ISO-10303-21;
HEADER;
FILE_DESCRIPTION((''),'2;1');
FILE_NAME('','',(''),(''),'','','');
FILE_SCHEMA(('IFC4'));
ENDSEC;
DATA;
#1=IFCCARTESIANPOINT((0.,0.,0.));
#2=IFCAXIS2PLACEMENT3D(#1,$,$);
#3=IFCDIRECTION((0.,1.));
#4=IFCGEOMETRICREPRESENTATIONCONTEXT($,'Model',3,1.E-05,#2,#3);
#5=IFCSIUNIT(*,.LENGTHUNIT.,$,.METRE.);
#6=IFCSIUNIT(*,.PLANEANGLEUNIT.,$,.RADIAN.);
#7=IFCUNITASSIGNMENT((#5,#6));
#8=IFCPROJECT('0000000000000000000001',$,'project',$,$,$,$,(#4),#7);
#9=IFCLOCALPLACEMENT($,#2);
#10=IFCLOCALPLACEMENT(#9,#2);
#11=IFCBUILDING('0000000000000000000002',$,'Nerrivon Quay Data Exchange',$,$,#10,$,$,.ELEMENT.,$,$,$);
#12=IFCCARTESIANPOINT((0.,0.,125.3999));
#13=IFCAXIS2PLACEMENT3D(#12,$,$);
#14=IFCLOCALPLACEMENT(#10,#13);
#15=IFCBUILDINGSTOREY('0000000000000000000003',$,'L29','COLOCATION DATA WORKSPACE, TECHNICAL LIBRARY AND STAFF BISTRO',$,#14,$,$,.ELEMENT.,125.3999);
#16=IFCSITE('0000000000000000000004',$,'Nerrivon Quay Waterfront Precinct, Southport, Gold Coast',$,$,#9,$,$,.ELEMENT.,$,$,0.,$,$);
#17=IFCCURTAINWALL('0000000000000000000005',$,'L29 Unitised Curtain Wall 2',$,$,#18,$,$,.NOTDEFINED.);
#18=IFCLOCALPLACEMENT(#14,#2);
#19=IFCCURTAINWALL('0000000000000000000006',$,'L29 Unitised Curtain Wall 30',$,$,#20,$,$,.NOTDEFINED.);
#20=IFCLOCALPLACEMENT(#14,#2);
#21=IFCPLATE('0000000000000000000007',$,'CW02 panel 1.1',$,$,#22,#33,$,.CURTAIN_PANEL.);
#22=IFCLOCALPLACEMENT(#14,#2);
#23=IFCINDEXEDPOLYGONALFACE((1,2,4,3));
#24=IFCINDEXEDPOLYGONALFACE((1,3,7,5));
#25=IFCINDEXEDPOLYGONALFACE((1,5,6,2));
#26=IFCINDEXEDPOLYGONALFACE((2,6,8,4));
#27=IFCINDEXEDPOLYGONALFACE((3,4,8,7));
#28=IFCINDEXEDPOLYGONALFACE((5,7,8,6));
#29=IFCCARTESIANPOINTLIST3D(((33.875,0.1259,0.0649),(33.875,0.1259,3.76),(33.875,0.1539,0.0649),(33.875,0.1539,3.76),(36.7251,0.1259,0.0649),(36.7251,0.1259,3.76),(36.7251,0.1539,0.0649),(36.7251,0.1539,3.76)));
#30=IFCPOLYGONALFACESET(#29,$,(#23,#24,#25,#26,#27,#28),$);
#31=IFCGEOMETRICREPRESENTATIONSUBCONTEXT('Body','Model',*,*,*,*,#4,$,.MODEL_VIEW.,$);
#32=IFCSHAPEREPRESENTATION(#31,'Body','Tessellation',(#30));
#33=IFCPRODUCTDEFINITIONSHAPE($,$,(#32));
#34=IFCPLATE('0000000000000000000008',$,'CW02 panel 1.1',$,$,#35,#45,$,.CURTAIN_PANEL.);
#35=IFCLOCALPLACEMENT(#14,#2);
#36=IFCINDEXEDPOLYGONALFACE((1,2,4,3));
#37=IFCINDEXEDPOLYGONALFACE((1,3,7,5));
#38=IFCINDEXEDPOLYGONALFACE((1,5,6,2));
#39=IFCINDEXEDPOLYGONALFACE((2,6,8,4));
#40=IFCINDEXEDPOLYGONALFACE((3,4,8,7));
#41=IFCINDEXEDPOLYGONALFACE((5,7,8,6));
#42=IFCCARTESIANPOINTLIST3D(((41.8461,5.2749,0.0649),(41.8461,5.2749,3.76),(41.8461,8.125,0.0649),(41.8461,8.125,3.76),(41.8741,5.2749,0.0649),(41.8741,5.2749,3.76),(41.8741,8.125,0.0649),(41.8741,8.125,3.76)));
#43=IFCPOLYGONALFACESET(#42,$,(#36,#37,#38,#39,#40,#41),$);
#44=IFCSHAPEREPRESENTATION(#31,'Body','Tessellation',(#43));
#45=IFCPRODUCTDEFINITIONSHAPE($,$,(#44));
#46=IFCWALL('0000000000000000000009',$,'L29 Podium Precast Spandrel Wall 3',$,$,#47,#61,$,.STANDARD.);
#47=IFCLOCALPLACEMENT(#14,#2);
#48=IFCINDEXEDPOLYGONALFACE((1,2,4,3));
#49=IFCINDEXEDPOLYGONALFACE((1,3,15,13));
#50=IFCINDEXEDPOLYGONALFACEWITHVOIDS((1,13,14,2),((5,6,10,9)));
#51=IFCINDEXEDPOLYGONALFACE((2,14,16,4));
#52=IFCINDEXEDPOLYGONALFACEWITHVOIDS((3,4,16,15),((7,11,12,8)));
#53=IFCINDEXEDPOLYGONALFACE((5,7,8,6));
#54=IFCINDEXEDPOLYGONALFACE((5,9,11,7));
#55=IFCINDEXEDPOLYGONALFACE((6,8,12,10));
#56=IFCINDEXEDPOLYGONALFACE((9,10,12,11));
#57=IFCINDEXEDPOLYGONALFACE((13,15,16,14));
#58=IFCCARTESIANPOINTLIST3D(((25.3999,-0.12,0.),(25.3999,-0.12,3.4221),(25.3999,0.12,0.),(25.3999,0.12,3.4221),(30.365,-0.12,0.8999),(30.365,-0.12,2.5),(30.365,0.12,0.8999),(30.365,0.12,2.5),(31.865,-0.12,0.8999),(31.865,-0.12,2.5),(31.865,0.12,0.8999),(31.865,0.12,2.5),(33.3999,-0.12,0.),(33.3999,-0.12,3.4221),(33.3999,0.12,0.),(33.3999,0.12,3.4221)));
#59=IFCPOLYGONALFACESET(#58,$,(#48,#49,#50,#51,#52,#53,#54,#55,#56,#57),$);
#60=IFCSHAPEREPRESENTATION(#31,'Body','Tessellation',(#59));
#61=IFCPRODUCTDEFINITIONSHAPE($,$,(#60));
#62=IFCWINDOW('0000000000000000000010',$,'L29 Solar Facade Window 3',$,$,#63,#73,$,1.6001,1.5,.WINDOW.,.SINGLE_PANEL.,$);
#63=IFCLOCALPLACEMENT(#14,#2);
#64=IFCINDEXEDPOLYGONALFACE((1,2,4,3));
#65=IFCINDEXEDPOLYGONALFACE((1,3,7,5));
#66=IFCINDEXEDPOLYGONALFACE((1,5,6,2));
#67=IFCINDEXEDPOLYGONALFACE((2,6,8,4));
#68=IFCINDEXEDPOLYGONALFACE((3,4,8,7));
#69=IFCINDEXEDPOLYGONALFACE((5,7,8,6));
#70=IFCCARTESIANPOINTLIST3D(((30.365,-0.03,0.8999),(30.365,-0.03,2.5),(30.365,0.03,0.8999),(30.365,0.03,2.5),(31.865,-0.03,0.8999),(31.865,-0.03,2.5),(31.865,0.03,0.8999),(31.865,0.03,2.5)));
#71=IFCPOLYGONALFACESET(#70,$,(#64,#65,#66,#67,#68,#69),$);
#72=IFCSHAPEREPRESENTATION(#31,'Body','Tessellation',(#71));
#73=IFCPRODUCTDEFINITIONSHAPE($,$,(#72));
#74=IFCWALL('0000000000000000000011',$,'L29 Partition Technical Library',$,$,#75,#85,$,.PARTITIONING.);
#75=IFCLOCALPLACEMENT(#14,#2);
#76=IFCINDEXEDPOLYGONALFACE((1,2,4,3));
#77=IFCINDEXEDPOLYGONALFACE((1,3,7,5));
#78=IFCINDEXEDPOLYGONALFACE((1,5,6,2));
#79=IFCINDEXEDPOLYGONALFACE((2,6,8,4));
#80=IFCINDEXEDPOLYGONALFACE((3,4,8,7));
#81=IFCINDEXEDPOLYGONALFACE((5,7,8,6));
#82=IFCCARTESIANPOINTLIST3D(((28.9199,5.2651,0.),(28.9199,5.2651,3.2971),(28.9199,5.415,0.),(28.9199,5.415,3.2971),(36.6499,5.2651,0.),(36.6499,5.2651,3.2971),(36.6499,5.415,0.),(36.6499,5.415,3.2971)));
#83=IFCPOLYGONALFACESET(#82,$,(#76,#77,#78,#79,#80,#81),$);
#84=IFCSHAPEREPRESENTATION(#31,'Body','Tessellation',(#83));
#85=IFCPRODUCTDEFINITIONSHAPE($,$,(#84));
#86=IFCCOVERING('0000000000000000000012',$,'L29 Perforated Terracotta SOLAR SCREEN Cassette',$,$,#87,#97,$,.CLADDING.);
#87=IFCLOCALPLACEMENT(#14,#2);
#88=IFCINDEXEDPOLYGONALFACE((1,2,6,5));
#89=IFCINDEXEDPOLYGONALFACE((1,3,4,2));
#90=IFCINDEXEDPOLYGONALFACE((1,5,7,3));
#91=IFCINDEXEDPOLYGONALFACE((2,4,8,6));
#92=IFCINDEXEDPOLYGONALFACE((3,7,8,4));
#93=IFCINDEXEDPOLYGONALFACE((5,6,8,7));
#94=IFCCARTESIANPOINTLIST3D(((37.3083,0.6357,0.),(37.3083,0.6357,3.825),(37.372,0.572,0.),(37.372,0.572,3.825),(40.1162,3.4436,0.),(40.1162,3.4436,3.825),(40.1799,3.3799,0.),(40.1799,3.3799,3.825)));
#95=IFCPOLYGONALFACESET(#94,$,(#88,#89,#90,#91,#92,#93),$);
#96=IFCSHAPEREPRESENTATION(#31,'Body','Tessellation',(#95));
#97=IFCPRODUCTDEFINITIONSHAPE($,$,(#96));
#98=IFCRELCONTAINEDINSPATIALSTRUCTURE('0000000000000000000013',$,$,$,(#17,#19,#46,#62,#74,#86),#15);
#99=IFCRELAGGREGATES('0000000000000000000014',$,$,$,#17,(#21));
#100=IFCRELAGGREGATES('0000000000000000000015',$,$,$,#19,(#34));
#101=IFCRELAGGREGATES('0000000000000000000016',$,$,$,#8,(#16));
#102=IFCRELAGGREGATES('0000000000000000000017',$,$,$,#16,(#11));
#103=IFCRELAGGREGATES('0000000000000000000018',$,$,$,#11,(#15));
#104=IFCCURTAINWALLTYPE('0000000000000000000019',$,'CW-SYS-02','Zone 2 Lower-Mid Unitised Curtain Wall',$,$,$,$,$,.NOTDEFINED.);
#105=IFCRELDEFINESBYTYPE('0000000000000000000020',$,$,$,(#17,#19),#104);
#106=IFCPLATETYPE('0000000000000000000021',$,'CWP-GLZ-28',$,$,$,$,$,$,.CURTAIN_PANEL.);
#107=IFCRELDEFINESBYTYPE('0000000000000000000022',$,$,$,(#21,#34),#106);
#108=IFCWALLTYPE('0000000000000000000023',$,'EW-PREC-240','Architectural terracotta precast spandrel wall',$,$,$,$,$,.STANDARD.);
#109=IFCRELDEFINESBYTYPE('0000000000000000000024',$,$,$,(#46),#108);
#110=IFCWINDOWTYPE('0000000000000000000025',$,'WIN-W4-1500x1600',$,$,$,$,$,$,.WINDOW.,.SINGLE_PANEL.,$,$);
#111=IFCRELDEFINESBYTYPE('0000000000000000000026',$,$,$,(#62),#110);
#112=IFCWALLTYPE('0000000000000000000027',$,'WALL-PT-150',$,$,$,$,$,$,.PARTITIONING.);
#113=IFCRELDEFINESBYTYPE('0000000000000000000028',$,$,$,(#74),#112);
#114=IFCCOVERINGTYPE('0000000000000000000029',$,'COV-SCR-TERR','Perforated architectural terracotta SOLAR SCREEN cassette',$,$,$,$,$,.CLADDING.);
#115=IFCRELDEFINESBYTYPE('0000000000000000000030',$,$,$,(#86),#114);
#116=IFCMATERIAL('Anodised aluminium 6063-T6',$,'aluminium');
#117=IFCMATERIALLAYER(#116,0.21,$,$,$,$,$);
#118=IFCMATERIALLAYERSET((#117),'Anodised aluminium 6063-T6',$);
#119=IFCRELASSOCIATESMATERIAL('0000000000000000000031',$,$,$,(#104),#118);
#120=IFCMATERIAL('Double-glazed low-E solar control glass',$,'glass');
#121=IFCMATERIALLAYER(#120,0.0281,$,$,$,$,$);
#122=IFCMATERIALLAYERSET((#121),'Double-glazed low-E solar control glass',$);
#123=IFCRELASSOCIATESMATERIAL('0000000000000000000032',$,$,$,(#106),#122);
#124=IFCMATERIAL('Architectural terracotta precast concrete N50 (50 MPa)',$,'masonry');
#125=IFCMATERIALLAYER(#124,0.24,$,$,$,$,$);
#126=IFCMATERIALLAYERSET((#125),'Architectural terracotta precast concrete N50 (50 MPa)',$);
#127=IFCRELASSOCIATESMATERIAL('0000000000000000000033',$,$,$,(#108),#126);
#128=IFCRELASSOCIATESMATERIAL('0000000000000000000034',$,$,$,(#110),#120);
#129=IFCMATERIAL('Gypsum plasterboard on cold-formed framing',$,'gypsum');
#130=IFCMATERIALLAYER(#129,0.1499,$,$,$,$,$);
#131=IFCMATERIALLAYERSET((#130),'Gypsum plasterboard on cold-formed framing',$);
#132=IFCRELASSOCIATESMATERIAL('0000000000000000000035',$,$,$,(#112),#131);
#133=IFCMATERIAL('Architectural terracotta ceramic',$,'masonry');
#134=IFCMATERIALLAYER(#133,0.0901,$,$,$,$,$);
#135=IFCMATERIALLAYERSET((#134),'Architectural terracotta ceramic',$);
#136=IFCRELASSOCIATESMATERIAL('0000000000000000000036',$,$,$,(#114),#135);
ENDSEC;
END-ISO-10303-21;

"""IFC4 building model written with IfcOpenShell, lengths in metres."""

from ifc_helpers import new_model, si_unit, direction, frame, frame_2d, origin, origin_2d, place, context, subcontext, project, spatial, rectangle, extrude, material, layer, layer_set, type_object, element, fill, aggregate, save


model = new_model("IFC4")

# Units and contexts
model_context = context("Model", 3, precision=1e-05, world=origin(), true_north=direction((0.0, 1.0)))
body_context = subcontext(model_context, "Body", "Model", "MODEL_VIEW")
ifc_project = project(units=[si_unit("LENGTHUNIT", "METRE"), si_unit("PLANEANGLEUNIT", "RADIAN")], contexts=[model_context])

# Site, building, storey
site_placement = place(None, origin())
site = spatial("IfcSite", under=ifc_project, at=site_placement, Name="Nerrivon Quay Waterfront Precinct, Southport, Gold Coast", CompositionType="ELEMENT", RefElevation=0.0)
building_placement = place(site_placement, origin())
building = spatial("IfcBuilding", under=site, at=building_placement, Name="Nerrivon Quay Data Exchange", CompositionType="ELEMENT")
storey_placement = place(building_placement, frame((0.0, 0.0, 125.3999)))
storey = spatial("IfcBuildingStorey", under=building, at=storey_placement, Name="L29", Description="COLOCATION DATA WORKSPACE, TECHNICAL LIBRARY AND STAFF BISTRO", CompositionType="ELEMENT", Elevation=125.3999)

# Curtain walls
ifc_material_1 = material(Name="Anodised aluminium 6063-T6", Category="aluminium")
ifc_layer_1 = layer(ifc_material_1, 0.21)
ifc_layer_set_1 = layer_set([ifc_layer_1], Name="Anodised aluminium 6063-T6")
curtain_wall_type = type_object("IfcCurtainWallType", Name="CW-SYS-02", Description="Zone 2 Lower-Mid Unitised Curtain Wall", PredefinedType="NOTDEFINED", material=ifc_layer_set_1)
curtain_wall_1_placement = place(storey_placement, origin())
curtain_wall_1 = element("IfcCurtainWall", 1, at=curtain_wall_1_placement, inside=storey, type_object=curtain_wall_type, Name="L29 Unitised Curtain Wall 2", PredefinedType="NOTDEFINED")
curtain_wall_2_placement = place(storey_placement, origin())
curtain_wall_2 = element("IfcCurtainWall", 2, at=curtain_wall_2_placement, inside=storey, type_object=curtain_wall_type, Name="L29 Unitised Curtain Wall 30", PredefinedType="NOTDEFINED")

# Plates
ifc_material_2 = material(Name="Double-glazed low-E solar control glass", Category="glass")
ifc_layer_2 = layer(ifc_material_2, 0.0281)
ifc_layer_set_2 = layer_set([ifc_layer_2], Name="Double-glazed low-E solar control glass")
plate_type = type_object("IfcPlateType", Name="CWP-GLZ-28", PredefinedType="CURTAIN_PANEL", material=ifc_layer_set_2)
plate_1_placement = place(storey_placement, frame((35.3, 0.1399, 0.0649), z_axis=(0.0, 0.0, 1.0), x_axis=(-1.0, 0.0, 0.0)))
plate_1 = element("IfcPlate", 3, at=plate_1_placement, type_object=plate_type, Name="CW02 panel 1.1", PredefinedType="CURTAIN_PANEL", context=body_context, shape_type="SweptSolid", body=[
    extrude(rectangle(XDim=2.8501, YDim=0.0281, at=origin_2d()), origin(), (0.0, 0.0, 1.0), 3.6951),
])
aggregate(curtain_wall_1, [plate_1])
plate_2_placement = place(storey_placement, frame((41.8601, 6.7, 0.0649), z_axis=(0.0, 0.0, 1.0), x_axis=(0.0, -1.0, 0.0)))
plate_2 = element("IfcPlate", 4, at=plate_2_placement, type_object=plate_type, Name="CW02 panel 1.1", PredefinedType="CURTAIN_PANEL", context=body_context, shape_type="SweptSolid", body=[
    extrude(rectangle(XDim=2.8501, YDim=0.0281, at=origin_2d()), origin(), (0.0, 0.0, 1.0), 3.6951),
])
aggregate(curtain_wall_2, [plate_2])

# Wall, opening, window
ifc_material_3 = material(Name="Architectural terracotta precast concrete N50 (50 MPa)", Category="masonry")
ifc_layer_3 = layer(ifc_material_3, 0.24)
ifc_layer_set_3 = layer_set([ifc_layer_3], Name="Architectural terracotta precast concrete N50 (50 MPa)")
wall_type_1 = type_object("IfcWallType", Name="EW-PREC-240", Description="Architectural terracotta precast spandrel wall", PredefinedType="STANDARD", material=ifc_layer_set_3)
wall_1_placement = place(storey_placement, frame((33.3999, 0.0, 0.0), z_axis=(0.0, 0.0, 1.0), x_axis=(-1.0, 0.0, 0.0)))
wall_1 = element("IfcWall", 5, at=wall_1_placement, inside=storey, type_object=wall_type_1, Name="L29 Podium Precast Spandrel Wall 3", PredefinedType="STANDARD", context=body_context, shape_type="SweptSolid", body=[
    extrude(rectangle(XDim=8.0, YDim=0.24, at=frame_2d((4.0, 0.0))), origin(), (0.0, 0.0, 1.0), 3.4221),
])
opening_1_placement = place(wall_1_placement, frame((1.5349, 0.0, 0.8999)))
opening_1 = element("IfcOpeningElement", 6, at=opening_1_placement, cuts=wall_1, PredefinedType="OPENING", context=body_context, shape_type="SweptSolid", body=[
    extrude(rectangle(XDim=1.5, YDim=1.6001, at=frame_2d((0.75, 0.8))), frame((0.0, 0.1299, 0.0), z_axis=(0.0, -1.0, 0.0), x_axis=(1.0, 0.0, 0.0)), (0.0, 0.0, 1.0), 0.26),
])
window_type = type_object("IfcWindowType", Name="WIN-W4-1500x1600", PartitioningType="SINGLE_PANEL", PredefinedType="WINDOW", material=ifc_material_2)
window_placement = place(opening_1_placement, origin())
window = element("IfcWindow", 7, at=window_placement, inside=storey, type_object=window_type, Name="L29 Solar Facade Window 3", OverallHeight=1.6001, OverallWidth=1.5, PartitioningType="SINGLE_PANEL", PredefinedType="WINDOW", context=body_context, shape_type="SweptSolid", body=[
    extrude(rectangle(XDim=1.5, YDim=1.6001, at=frame_2d((0.75, 0.8))), frame((0.0, 0.03, 0.0), z_axis=(0.0, -1.0, 0.0), x_axis=(1.0, 0.0, 0.0)), (0.0, 0.0, 1.0), 0.0601),
])
fill(opening_1, window)

# Shared definitions
ifc_material_4 = material(Name="Gypsum plasterboard on cold-formed framing", Category="gypsum")

# Wall
ifc_layer_4 = layer(ifc_material_4, 0.1499)
ifc_layer_set_4 = layer_set([ifc_layer_4], Name="Gypsum plasterboard on cold-formed framing")
wall_type_2 = type_object("IfcWallType", Name="WALL-PT-150", PredefinedType="PARTITIONING", material=ifc_layer_set_4)
wall_2_placement = place(storey_placement, frame((36.6499, 5.3401, 0.0), z_axis=(0.0, 0.0, 1.0), x_axis=(-1.0, 0.0, 0.0)))
element("IfcWall", 8, at=wall_2_placement, inside=storey, type_object=wall_type_2, Name="L29 Partition Technical Library", PredefinedType="PARTITIONING", context=body_context, shape_type="SweptSolid", body=[
    extrude(rectangle(XDim=7.73, YDim=0.1499, at=frame_2d((3.865, 0.0))), origin(), (0.0, 0.0, 1.0), 3.2971),
])

# Covering
ifc_material_5 = material(Name="Architectural terracotta ceramic", Category="masonry")
ifc_layer_5 = layer(ifc_material_5, 0.0901)
ifc_layer_set_5 = layer_set([ifc_layer_5], Name="Architectural terracotta ceramic")
covering_type = type_object("IfcCoveringType", Name="COV-SCR-TERR", Description="Perforated architectural terracotta SOLAR SCREEN cassette", PredefinedType="CLADDING", material=ifc_layer_set_5)
covering_placement = place(storey_placement, frame((38.7441, 2.0078, 0.0), z_axis=(0.0, 0.0, 1.0), x_axis=(-0.707107, -0.707107, 0.0)))
element("IfcCovering", 9, at=covering_placement, inside=storey, type_object=covering_type, Name="L29 Perforated Terracotta SOLAR SCREEN Cassette", PredefinedType="CLADDING", context=body_context, shape_type="SweptSolid", body=[
    extrude(rectangle(XDim=3.9709, YDim=0.0901, at=origin_2d()), origin(), (0.0, 0.0, 1.0), 3.825),
])

save(model, "model.ifc")
